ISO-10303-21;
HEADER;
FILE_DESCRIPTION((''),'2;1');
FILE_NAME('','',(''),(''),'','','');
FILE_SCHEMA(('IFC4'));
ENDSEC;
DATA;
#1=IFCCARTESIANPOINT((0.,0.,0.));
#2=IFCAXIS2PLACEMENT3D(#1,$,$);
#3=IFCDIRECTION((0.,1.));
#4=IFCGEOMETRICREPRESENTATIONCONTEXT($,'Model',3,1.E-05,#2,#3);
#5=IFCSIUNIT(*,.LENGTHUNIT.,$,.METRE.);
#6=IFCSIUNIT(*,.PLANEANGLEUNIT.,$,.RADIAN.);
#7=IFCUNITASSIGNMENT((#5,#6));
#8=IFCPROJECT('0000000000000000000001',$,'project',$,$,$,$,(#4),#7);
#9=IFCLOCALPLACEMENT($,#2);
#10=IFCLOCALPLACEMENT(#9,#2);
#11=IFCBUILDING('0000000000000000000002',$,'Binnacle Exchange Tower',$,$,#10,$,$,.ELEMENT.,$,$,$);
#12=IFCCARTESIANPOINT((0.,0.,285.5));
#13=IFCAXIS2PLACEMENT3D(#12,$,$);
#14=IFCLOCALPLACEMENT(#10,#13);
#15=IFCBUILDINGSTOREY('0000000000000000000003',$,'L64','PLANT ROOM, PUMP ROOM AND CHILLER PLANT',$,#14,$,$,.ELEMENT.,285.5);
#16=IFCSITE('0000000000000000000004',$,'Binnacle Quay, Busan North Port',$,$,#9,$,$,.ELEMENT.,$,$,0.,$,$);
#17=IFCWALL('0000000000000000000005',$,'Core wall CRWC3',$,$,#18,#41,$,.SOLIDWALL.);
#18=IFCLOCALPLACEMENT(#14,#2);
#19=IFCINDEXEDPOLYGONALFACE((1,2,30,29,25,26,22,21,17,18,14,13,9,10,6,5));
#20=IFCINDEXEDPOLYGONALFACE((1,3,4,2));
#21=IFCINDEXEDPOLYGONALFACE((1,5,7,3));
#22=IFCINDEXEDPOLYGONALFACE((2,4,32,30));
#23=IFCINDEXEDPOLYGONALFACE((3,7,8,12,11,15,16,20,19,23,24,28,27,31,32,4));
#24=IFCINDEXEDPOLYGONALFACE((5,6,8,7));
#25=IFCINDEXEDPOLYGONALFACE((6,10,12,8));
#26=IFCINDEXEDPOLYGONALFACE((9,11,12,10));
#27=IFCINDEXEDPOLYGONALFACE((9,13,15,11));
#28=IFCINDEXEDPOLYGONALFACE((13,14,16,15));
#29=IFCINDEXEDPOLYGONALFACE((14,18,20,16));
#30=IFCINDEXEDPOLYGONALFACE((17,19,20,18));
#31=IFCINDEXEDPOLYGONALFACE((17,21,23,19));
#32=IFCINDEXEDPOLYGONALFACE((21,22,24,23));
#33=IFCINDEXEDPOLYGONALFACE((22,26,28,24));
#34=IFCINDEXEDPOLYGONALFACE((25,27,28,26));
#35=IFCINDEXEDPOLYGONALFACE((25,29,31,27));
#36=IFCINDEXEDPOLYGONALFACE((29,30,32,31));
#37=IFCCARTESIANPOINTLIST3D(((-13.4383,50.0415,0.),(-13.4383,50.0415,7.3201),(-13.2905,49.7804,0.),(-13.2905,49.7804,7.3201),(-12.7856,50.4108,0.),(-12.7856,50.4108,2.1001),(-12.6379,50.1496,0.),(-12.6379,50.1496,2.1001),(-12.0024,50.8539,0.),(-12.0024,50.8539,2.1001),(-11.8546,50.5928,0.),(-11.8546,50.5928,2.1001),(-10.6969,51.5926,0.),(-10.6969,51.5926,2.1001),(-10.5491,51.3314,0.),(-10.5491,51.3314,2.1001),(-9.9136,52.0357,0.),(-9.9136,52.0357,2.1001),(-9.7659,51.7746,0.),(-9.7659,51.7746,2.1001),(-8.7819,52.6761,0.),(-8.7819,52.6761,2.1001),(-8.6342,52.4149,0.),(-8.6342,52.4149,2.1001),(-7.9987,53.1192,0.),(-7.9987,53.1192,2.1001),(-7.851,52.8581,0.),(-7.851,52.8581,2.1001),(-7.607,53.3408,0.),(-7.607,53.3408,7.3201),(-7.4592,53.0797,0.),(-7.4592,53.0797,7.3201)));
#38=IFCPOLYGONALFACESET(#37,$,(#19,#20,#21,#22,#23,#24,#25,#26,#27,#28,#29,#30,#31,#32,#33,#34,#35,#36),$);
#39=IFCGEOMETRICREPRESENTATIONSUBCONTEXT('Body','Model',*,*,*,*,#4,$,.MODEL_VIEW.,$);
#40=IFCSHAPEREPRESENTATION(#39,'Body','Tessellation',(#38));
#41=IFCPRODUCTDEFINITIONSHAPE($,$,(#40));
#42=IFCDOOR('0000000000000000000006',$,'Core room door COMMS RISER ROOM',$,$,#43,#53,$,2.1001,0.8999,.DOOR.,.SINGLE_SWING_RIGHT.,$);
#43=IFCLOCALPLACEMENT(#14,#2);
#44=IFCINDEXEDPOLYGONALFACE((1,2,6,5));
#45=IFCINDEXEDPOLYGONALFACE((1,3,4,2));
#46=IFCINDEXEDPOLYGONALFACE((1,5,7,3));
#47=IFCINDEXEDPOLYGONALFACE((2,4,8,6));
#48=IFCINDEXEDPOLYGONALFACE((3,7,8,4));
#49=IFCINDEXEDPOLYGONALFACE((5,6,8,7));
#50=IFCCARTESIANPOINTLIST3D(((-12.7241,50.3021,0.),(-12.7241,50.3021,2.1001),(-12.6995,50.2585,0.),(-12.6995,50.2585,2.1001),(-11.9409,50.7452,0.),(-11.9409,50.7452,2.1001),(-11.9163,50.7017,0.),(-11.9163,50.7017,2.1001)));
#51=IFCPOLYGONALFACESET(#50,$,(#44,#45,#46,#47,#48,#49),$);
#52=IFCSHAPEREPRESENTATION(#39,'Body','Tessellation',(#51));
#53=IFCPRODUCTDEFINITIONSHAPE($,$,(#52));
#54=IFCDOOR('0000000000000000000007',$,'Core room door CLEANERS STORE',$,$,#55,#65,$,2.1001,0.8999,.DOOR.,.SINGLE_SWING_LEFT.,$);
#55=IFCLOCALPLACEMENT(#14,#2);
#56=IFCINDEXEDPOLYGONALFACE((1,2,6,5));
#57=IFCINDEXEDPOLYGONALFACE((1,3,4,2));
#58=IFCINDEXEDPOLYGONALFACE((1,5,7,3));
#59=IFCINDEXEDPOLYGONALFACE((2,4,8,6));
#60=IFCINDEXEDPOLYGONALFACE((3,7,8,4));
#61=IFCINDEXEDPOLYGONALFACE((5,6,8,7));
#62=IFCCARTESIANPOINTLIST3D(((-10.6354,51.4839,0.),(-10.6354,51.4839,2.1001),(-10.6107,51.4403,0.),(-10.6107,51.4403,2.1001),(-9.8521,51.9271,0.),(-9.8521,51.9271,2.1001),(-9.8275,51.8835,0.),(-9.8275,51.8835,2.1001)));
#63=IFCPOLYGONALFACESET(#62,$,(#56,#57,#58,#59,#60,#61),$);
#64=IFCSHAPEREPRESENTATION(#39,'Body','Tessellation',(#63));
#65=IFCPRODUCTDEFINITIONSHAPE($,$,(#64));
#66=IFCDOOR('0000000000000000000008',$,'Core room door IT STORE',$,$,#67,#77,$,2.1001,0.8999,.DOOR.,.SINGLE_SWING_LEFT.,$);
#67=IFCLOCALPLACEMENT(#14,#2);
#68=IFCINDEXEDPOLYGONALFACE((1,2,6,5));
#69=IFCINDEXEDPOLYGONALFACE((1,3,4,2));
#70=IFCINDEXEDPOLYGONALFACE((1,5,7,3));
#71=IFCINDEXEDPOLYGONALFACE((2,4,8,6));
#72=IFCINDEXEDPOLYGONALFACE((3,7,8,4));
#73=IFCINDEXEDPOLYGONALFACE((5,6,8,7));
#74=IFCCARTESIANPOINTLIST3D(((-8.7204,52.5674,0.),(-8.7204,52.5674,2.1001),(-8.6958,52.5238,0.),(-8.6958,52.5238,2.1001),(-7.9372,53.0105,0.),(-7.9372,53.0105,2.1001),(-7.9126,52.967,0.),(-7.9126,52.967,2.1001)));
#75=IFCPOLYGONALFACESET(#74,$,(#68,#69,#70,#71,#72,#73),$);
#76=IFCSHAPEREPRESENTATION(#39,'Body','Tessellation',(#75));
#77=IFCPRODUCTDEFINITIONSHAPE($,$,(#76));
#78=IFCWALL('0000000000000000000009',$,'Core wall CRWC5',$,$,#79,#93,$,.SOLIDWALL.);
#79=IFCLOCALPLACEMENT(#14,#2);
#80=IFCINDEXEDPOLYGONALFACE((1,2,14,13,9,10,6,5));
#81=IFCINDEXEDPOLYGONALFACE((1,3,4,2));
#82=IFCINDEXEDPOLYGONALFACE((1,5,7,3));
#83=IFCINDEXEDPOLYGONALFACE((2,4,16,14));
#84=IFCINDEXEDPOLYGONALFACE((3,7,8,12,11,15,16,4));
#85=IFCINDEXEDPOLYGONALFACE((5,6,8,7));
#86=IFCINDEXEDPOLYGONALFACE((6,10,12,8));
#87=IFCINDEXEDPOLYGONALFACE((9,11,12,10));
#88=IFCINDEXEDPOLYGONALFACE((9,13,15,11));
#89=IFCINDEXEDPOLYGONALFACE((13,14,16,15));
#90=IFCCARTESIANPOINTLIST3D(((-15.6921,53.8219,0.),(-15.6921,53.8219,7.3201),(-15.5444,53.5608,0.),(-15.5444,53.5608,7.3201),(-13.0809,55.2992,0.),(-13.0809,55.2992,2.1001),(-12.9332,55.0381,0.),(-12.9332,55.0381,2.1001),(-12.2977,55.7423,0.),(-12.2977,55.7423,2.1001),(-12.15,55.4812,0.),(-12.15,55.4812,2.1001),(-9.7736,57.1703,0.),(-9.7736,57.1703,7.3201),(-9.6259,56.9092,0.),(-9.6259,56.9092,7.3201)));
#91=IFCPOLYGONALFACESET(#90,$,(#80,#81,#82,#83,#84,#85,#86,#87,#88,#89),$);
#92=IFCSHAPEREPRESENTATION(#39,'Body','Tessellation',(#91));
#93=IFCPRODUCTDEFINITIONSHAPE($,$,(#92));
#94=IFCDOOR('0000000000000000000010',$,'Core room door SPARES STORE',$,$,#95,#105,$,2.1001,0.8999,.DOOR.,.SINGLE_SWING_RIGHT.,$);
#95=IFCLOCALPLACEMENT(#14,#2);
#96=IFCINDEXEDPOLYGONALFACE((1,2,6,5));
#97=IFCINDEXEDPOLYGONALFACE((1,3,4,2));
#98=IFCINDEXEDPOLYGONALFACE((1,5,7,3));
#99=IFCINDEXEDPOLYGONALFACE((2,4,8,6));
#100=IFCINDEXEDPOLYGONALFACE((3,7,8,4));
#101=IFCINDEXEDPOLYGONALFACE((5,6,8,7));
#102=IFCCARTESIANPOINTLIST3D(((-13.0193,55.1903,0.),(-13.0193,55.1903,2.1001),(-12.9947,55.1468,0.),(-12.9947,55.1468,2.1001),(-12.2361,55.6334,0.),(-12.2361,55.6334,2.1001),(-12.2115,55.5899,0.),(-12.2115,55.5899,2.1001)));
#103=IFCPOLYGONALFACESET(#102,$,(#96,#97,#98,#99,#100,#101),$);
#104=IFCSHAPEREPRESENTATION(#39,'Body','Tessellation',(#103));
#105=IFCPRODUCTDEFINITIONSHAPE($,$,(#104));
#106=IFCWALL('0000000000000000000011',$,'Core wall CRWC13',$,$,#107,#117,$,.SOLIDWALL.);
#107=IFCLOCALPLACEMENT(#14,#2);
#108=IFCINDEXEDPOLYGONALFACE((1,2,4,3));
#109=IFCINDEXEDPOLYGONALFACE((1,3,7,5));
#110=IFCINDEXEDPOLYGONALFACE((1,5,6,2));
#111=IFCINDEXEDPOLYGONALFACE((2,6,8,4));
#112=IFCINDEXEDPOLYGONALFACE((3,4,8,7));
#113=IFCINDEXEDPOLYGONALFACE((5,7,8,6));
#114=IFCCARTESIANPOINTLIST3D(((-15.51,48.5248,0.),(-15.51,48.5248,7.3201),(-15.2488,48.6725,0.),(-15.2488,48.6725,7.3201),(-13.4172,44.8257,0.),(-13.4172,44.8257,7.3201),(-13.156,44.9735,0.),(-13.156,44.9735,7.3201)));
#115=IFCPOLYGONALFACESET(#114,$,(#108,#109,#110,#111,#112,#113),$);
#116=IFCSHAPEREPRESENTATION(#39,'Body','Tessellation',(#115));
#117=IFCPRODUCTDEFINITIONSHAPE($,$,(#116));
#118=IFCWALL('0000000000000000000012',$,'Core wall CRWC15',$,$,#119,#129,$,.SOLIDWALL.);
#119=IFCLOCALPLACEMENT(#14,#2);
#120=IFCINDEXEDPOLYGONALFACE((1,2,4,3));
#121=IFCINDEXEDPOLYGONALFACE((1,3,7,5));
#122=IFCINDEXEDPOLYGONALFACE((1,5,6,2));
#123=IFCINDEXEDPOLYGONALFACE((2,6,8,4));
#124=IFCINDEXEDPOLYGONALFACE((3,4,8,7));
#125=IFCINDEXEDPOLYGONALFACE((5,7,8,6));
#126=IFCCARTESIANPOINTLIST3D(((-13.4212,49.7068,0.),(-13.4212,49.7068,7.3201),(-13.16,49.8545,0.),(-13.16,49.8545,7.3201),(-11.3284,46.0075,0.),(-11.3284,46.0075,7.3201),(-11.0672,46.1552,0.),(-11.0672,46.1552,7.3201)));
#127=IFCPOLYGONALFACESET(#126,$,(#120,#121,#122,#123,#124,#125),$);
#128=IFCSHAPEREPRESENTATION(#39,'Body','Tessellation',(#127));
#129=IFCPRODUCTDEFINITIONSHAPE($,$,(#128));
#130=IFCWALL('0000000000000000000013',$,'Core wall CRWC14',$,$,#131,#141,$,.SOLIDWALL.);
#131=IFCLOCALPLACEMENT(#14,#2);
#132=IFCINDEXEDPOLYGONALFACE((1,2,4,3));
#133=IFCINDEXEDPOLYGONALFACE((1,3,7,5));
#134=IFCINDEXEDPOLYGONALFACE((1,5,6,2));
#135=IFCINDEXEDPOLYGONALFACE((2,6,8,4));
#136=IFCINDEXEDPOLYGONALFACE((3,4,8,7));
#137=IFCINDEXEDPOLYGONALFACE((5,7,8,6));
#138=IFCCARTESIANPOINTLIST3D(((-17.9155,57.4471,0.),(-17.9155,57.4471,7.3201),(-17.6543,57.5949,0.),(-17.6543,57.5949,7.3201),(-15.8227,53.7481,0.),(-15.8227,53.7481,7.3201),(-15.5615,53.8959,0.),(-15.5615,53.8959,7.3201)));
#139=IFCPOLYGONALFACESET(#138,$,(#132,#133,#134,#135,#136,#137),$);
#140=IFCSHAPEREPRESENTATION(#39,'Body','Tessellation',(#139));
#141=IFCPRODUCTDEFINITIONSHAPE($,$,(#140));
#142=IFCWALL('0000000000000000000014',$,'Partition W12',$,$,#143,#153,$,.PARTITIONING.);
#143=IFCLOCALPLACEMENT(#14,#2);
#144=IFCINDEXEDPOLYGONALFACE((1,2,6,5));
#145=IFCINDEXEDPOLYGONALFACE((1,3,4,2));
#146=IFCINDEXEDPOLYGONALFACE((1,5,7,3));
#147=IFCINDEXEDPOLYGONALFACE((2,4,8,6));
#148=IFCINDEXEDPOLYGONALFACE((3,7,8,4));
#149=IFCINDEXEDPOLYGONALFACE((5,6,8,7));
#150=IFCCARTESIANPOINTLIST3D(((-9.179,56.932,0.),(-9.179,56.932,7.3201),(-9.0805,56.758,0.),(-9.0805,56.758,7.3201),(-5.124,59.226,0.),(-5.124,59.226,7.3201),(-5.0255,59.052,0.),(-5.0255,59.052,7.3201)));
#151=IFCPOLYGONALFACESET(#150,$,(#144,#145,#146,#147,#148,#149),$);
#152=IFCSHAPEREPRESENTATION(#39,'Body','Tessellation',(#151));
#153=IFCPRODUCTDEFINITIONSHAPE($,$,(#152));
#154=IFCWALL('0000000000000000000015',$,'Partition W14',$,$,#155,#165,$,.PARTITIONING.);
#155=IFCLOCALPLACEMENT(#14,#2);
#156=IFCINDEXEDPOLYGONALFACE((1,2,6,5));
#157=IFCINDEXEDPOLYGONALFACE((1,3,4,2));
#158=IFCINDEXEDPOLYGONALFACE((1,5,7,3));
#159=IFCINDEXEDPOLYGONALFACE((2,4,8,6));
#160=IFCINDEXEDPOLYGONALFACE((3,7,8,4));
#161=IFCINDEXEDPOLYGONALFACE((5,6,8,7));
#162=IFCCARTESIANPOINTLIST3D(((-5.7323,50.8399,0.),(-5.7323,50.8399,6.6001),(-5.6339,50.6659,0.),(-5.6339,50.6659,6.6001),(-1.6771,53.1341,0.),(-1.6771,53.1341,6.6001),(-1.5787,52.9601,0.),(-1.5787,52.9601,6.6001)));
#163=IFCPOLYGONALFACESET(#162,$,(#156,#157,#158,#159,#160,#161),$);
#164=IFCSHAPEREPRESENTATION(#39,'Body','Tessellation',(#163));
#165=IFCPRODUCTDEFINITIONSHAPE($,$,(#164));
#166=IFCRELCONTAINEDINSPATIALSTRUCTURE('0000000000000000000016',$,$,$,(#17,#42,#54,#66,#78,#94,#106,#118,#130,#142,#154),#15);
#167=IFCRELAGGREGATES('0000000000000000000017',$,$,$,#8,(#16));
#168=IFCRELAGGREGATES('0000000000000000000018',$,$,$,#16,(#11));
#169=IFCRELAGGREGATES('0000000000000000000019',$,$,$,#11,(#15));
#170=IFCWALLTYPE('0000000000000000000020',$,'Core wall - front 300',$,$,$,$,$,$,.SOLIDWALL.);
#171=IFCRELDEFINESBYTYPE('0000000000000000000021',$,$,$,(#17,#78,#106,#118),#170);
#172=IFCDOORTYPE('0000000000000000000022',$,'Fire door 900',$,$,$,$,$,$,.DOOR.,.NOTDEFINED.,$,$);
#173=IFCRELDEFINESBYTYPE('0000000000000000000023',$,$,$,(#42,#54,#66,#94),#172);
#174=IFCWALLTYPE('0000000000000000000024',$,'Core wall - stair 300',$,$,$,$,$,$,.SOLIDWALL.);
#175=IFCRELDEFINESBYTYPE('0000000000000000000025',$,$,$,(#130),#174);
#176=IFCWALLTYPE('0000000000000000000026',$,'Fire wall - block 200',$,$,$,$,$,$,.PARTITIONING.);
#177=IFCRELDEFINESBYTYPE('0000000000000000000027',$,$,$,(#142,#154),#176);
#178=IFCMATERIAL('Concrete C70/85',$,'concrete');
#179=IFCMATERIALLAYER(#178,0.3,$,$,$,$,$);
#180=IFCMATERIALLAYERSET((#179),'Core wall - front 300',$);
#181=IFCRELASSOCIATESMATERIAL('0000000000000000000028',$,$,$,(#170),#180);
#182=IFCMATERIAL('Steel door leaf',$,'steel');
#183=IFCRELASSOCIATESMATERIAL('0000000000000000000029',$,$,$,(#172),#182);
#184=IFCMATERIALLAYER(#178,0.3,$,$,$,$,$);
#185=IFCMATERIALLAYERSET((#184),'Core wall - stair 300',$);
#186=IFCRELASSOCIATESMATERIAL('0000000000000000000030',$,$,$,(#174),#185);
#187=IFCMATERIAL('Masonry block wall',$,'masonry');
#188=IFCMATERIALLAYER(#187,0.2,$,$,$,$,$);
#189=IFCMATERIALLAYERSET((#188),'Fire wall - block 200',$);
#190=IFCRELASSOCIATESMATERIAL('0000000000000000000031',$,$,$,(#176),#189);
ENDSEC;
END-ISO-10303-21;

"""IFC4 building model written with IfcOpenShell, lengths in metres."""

from ifc_helpers import new_model, si_unit, direction, frame, frame_2d, origin, place, context, subcontext, project, spatial, rectangle, extrude, material, layer, layer_set, type_object, element, fill, save


model = new_model("IFC4")

# Units and contexts
model_context = context("Model", 3, precision=1e-05, world=origin(), true_north=direction((0.0, 1.0)))
body_context = subcontext(model_context, "Body", "Model", "MODEL_VIEW")
ifc_project = project(units=[si_unit("LENGTHUNIT", "METRE"), si_unit("PLANEANGLEUNIT", "RADIAN")], contexts=[model_context])

# Site, building, storey
site_placement = place(None, origin())
site = spatial("IfcSite", under=ifc_project, at=site_placement, Name="Binnacle Quay, Busan North Port", CompositionType="ELEMENT", RefElevation=0.0)
building_placement = place(site_placement, origin())
building = spatial("IfcBuilding", under=site, at=building_placement, Name="Binnacle Exchange Tower", CompositionType="ELEMENT")
storey_placement = place(building_placement, frame((0.0, 0.0, 285.5)))
storey = spatial("IfcBuildingStorey", under=building, at=storey_placement, Name="L64", Description="PLANT ROOM, PUMP ROOM AND CHILLER PLANT", CompositionType="ELEMENT", Elevation=285.5)

# Wall, openings, doors
ifc_material_1 = material(Name="Concrete C70/85", Category="concrete")
ifc_layer_1 = layer(ifc_material_1, 0.3)
ifc_layer_set_1 = layer_set([ifc_layer_1], Name="Core wall - front 300")
wall_type_1 = type_object("IfcWallType", Name="Core wall - front 300", PredefinedType="SOLIDWALL", material=ifc_layer_set_1)
wall_1_placement = place(storey_placement, frame((-13.3645, 49.9109, 0.0), z_axis=(0.0, 0.0, 1.0), x_axis=(0.870348, 0.492438, 0.0)))
wall_1 = element("IfcWall", 1, at=wall_1_placement, inside=storey, type_object=wall_type_1, Name="Core wall CRWC3", PredefinedType="SOLIDWALL", context=body_context, shape_type="SweptSolid", body=[
    extrude(rectangle(XDim=6.7, YDim=0.3, at=frame_2d((3.3501, 0.0))), origin(), (0.0, 0.0, 1.0), 7.3201),
])
opening_1_placement = place(wall_1_placement, frame((0.75, 0.0, 0.0)))
opening_1 = element("IfcOpeningElement", 2, at=opening_1_placement, cuts=wall_1, PredefinedType="OPENING", context=body_context, shape_type="SweptSolid", body=[
    extrude(rectangle(XDim=0.8999, YDim=2.1001, at=frame_2d((0.45, 1.05))), frame((0.0, 0.1599, 0.0), z_axis=(0.0, -1.0, 0.0), x_axis=(1.0, 0.0, 0.0)), (0.0, 0.0, 1.0), 0.3201),
])
opening_2_placement = place(wall_1_placement, frame((3.1499, 0.0, 0.0)))
opening_2 = element("IfcOpeningElement", 3, at=opening_2_placement, cuts=wall_1, PredefinedType="OPENING", context=body_context, shape_type="SweptSolid", body=[
    extrude(rectangle(XDim=0.8999, YDim=2.1001, at=frame_2d((0.45, 1.05))), frame((0.0, 0.1599, 0.0), z_axis=(0.0, -1.0, 0.0), x_axis=(1.0, 0.0, 0.0)), (0.0, 0.0, 1.0), 0.3201),
])
opening_3_placement = place(wall_1_placement, frame((5.3501, 0.0, 0.0)))
opening_3 = element("IfcOpeningElement", 4, at=opening_3_placement, cuts=wall_1, PredefinedType="OPENING", context=body_context, shape_type="SweptSolid", body=[
    extrude(rectangle(XDim=0.8999, YDim=2.1001, at=frame_2d((0.45, 1.05))), frame((0.0, 0.1599, 0.0), z_axis=(0.0, -1.0, 0.0), x_axis=(1.0, 0.0, 0.0)), (0.0, 0.0, 1.0), 0.3201),
])
ifc_material_2 = material(Name="Steel door leaf", Category="steel")
door_type = type_object("IfcDoorType", Name="Fire door 900", OperationType="NOTDEFINED", PredefinedType="DOOR", material=ifc_material_2)
door_1_placement = place(opening_1_placement, frame((0.8999, 0.0, 0.0), z_axis=(0.0, 0.0, 1.0), x_axis=(-1.0, 0.0, 0.0)))
door_1 = element("IfcDoor", 5, at=door_1_placement, inside=storey, type_object=door_type, Name="Core room door COMMS RISER ROOM", OperationType="SINGLE_SWING_RIGHT", OverallHeight=2.1001, OverallWidth=0.8999, PredefinedType="DOOR", context=body_context, shape_type="SweptSolid", body=[
    extrude(rectangle(XDim=0.8999, YDim=2.1001, at=frame_2d((0.45, 1.05))), frame((0.0, 0.0249, 0.0), z_axis=(0.0, -1.0, 0.0), x_axis=(1.0, 0.0, 0.0)), (0.0, 0.0, 1.0), 0.05),
])
fill(opening_1, door_1)
door_2_placement = place(opening_2_placement, frame((0.8999, 0.0, 0.0), z_axis=(0.0, 0.0, 1.0), x_axis=(-1.0, 0.0, 0.0)))
door_2 = element("IfcDoor", 6, at=door_2_placement, inside=storey, type_object=door_type, Name="Core room door CLEANERS STORE", OperationType="SINGLE_SWING_LEFT", OverallHeight=2.1001, OverallWidth=0.8999, PredefinedType="DOOR", context=body_context, shape_type="SweptSolid", body=[
    extrude(rectangle(XDim=0.8999, YDim=2.1001, at=frame_2d((0.45, 1.05))), frame((0.0, 0.0249, 0.0), z_axis=(0.0, -1.0, 0.0), x_axis=(1.0, 0.0, 0.0)), (0.0, 0.0, 1.0), 0.05),
])
fill(opening_2, door_2)
door_3_placement = place(opening_3_placement, frame((0.8999, 0.0, 0.0), z_axis=(0.0, 0.0, 1.0), x_axis=(-1.0, 0.0, 0.0)))
door_3 = element("IfcDoor", 7, at=door_3_placement, inside=storey, type_object=door_type, Name="Core room door IT STORE", OperationType="SINGLE_SWING_LEFT", OverallHeight=2.1001, OverallWidth=0.8999, PredefinedType="DOOR", context=body_context, shape_type="SweptSolid", body=[
    extrude(rectangle(XDim=0.8999, YDim=2.1001, at=frame_2d((0.45, 1.05))), frame((0.0, 0.0249, 0.0), z_axis=(0.0, -1.0, 0.0), x_axis=(1.0, 0.0, 0.0)), (0.0, 0.0, 1.0), 0.05),
])
fill(opening_3, door_3)

# Wall, opening, door
wall_2_placement = place(storey_placement, frame((-15.6182, 53.6914, 0.0), z_axis=(0.0, 0.0, 1.0), x_axis=(0.870363, 0.492411, 0.0)))
wall_2 = element("IfcWall", 8, at=wall_2_placement, inside=storey, type_object=wall_type_1, Name="Core wall CRWC5", PredefinedType="SOLIDWALL", context=body_context, shape_type="SweptSolid", body=[
    extrude(rectangle(XDim=6.8, YDim=0.3, at=frame_2d((3.3999, 0.0))), origin(), (0.0, 0.0, 1.0), 7.3201),
])
opening_4_placement = place(wall_2_placement, frame((3.0, 0.0, 0.0)))
opening_4 = element("IfcOpeningElement", 9, at=opening_4_placement, cuts=wall_2, PredefinedType="OPENING", context=body_context, shape_type="SweptSolid", body=[
    extrude(rectangle(XDim=0.8999, YDim=2.1001, at=frame_2d((0.45, 1.05))), frame((0.0, 0.1599, 0.0), z_axis=(0.0, -1.0, 0.0), x_axis=(1.0, 0.0, 0.0)), (0.0, 0.0, 1.0), 0.3201),
])
door_4_placement = place(opening_4_placement, origin())
door_4 = element("IfcDoor", 10, at=door_4_placement, inside=storey, type_object=door_type, Name="Core room door SPARES STORE", OperationType="SINGLE_SWING_RIGHT", OverallHeight=2.1001, OverallWidth=0.8999, PredefinedType="DOOR", context=body_context, shape_type="SweptSolid", body=[
    extrude(rectangle(XDim=0.8999, YDim=2.1001, at=frame_2d((0.45, 1.05))), frame((0.0, 0.0249, 0.0), z_axis=(0.0, -1.0, 0.0), x_axis=(1.0, 0.0, 0.0)), (0.0, 0.0, 1.0), 0.05),
])
fill(opening_4, door_4)

# Walls
wall_3_placement = place(storey_placement, frame((-15.3794, 48.5986, 0.0), z_axis=(0.0, 0.0, 1.0), x_axis=(0.492423, -0.870356, 0.0)))
element("IfcWall", 11, at=wall_3_placement, inside=storey, type_object=wall_type_1, Name="Core wall CRWC13", PredefinedType="SOLIDWALL", context=body_context, shape_type="SweptSolid", body=[
    extrude(rectangle(XDim=4.25, YDim=0.3, at=frame_2d((2.125, 0.0))), origin(), (0.0, 0.0, 1.0), 7.3201),
])
wall_4_placement = place(storey_placement, frame((-13.2905, 49.7805, 0.0), z_axis=(0.0, 0.0, 1.0), x_axis=(0.492398, -0.87037, 0.0)))
element("IfcWall", 12, at=wall_4_placement, inside=storey, type_object=wall_type_1, Name="Core wall CRWC15", PredefinedType="SOLIDWALL", context=body_context, shape_type="SweptSolid", body=[
    extrude(rectangle(XDim=4.2502, YDim=0.3, at=frame_2d((2.125, 0.0))), origin(), (0.0, 0.0, 1.0), 7.3201),
])
ifc_layer_2 = layer(ifc_material_1, 0.3)
ifc_layer_set_2 = layer_set([ifc_layer_2], Name="Core wall - stair 300")
wall_type_2 = type_object("IfcWallType", Name="Core wall - stair 300", PredefinedType="SOLIDWALL", material=ifc_layer_set_2)
wall_5_placement = place(storey_placement, frame((-17.7849, 57.521, 0.0), z_axis=(0.0, 0.0, 1.0), x_axis=(0.492423, -0.870356, 0.0)))
element("IfcWall", 13, at=wall_5_placement, inside=storey, type_object=wall_type_2, Name="Core wall CRWC14", PredefinedType="SOLIDWALL", context=body_context, shape_type="SweptSolid", body=[
    extrude(rectangle(XDim=4.25, YDim=0.3, at=frame_2d((2.125, 0.0))), origin(), (0.0, 0.0, 1.0), 7.3201),
])
ifc_material_3 = material(Name="Masonry block wall", Category="masonry")
ifc_layer_3 = layer(ifc_material_3, 0.2)
ifc_layer_set_3 = layer_set([ifc_layer_3], Name="Fire wall - block 200")
wall_type_3 = type_object("IfcWallType", Name="Fire wall - block 200", PredefinedType="PARTITIONING", material=ifc_layer_set_3)
wall_6_placement = place(storey_placement, frame((-9.1299, 56.845, 0.0), z_axis=(0.0, 0.0, 1.0), x_axis=(0.870376, 0.492387, 0.0)))
element("IfcWall", 14, at=wall_6_placement, inside=storey, type_object=wall_type_3, Name="Partition W12", PredefinedType="PARTITIONING", context=body_context, shape_type="SweptSolid", body=[
    extrude(rectangle(XDim=4.6589, YDim=0.2, at=frame_2d((2.3296, 0.0))), origin(), (0.0, 0.0, 1.0), 7.3201),
])
wall_7_placement = place(storey_placement, frame((-5.6831, 50.7529, 0.0), z_axis=(0.0, 0.0, 1.0), x_axis=(0.870367, 0.492404, 0.0)))
element("IfcWall", 15, at=wall_7_placement, inside=storey, type_object=wall_type_3, Name="Partition W14", PredefinedType="PARTITIONING", context=body_context, shape_type="SweptSolid", body=[
    extrude(rectangle(XDim=4.6592, YDim=0.2, at=frame_2d((2.3296, 0.0))), origin(), (0.0, 0.0, 1.0), 6.6001),
])

save(model, "model.ifc")
